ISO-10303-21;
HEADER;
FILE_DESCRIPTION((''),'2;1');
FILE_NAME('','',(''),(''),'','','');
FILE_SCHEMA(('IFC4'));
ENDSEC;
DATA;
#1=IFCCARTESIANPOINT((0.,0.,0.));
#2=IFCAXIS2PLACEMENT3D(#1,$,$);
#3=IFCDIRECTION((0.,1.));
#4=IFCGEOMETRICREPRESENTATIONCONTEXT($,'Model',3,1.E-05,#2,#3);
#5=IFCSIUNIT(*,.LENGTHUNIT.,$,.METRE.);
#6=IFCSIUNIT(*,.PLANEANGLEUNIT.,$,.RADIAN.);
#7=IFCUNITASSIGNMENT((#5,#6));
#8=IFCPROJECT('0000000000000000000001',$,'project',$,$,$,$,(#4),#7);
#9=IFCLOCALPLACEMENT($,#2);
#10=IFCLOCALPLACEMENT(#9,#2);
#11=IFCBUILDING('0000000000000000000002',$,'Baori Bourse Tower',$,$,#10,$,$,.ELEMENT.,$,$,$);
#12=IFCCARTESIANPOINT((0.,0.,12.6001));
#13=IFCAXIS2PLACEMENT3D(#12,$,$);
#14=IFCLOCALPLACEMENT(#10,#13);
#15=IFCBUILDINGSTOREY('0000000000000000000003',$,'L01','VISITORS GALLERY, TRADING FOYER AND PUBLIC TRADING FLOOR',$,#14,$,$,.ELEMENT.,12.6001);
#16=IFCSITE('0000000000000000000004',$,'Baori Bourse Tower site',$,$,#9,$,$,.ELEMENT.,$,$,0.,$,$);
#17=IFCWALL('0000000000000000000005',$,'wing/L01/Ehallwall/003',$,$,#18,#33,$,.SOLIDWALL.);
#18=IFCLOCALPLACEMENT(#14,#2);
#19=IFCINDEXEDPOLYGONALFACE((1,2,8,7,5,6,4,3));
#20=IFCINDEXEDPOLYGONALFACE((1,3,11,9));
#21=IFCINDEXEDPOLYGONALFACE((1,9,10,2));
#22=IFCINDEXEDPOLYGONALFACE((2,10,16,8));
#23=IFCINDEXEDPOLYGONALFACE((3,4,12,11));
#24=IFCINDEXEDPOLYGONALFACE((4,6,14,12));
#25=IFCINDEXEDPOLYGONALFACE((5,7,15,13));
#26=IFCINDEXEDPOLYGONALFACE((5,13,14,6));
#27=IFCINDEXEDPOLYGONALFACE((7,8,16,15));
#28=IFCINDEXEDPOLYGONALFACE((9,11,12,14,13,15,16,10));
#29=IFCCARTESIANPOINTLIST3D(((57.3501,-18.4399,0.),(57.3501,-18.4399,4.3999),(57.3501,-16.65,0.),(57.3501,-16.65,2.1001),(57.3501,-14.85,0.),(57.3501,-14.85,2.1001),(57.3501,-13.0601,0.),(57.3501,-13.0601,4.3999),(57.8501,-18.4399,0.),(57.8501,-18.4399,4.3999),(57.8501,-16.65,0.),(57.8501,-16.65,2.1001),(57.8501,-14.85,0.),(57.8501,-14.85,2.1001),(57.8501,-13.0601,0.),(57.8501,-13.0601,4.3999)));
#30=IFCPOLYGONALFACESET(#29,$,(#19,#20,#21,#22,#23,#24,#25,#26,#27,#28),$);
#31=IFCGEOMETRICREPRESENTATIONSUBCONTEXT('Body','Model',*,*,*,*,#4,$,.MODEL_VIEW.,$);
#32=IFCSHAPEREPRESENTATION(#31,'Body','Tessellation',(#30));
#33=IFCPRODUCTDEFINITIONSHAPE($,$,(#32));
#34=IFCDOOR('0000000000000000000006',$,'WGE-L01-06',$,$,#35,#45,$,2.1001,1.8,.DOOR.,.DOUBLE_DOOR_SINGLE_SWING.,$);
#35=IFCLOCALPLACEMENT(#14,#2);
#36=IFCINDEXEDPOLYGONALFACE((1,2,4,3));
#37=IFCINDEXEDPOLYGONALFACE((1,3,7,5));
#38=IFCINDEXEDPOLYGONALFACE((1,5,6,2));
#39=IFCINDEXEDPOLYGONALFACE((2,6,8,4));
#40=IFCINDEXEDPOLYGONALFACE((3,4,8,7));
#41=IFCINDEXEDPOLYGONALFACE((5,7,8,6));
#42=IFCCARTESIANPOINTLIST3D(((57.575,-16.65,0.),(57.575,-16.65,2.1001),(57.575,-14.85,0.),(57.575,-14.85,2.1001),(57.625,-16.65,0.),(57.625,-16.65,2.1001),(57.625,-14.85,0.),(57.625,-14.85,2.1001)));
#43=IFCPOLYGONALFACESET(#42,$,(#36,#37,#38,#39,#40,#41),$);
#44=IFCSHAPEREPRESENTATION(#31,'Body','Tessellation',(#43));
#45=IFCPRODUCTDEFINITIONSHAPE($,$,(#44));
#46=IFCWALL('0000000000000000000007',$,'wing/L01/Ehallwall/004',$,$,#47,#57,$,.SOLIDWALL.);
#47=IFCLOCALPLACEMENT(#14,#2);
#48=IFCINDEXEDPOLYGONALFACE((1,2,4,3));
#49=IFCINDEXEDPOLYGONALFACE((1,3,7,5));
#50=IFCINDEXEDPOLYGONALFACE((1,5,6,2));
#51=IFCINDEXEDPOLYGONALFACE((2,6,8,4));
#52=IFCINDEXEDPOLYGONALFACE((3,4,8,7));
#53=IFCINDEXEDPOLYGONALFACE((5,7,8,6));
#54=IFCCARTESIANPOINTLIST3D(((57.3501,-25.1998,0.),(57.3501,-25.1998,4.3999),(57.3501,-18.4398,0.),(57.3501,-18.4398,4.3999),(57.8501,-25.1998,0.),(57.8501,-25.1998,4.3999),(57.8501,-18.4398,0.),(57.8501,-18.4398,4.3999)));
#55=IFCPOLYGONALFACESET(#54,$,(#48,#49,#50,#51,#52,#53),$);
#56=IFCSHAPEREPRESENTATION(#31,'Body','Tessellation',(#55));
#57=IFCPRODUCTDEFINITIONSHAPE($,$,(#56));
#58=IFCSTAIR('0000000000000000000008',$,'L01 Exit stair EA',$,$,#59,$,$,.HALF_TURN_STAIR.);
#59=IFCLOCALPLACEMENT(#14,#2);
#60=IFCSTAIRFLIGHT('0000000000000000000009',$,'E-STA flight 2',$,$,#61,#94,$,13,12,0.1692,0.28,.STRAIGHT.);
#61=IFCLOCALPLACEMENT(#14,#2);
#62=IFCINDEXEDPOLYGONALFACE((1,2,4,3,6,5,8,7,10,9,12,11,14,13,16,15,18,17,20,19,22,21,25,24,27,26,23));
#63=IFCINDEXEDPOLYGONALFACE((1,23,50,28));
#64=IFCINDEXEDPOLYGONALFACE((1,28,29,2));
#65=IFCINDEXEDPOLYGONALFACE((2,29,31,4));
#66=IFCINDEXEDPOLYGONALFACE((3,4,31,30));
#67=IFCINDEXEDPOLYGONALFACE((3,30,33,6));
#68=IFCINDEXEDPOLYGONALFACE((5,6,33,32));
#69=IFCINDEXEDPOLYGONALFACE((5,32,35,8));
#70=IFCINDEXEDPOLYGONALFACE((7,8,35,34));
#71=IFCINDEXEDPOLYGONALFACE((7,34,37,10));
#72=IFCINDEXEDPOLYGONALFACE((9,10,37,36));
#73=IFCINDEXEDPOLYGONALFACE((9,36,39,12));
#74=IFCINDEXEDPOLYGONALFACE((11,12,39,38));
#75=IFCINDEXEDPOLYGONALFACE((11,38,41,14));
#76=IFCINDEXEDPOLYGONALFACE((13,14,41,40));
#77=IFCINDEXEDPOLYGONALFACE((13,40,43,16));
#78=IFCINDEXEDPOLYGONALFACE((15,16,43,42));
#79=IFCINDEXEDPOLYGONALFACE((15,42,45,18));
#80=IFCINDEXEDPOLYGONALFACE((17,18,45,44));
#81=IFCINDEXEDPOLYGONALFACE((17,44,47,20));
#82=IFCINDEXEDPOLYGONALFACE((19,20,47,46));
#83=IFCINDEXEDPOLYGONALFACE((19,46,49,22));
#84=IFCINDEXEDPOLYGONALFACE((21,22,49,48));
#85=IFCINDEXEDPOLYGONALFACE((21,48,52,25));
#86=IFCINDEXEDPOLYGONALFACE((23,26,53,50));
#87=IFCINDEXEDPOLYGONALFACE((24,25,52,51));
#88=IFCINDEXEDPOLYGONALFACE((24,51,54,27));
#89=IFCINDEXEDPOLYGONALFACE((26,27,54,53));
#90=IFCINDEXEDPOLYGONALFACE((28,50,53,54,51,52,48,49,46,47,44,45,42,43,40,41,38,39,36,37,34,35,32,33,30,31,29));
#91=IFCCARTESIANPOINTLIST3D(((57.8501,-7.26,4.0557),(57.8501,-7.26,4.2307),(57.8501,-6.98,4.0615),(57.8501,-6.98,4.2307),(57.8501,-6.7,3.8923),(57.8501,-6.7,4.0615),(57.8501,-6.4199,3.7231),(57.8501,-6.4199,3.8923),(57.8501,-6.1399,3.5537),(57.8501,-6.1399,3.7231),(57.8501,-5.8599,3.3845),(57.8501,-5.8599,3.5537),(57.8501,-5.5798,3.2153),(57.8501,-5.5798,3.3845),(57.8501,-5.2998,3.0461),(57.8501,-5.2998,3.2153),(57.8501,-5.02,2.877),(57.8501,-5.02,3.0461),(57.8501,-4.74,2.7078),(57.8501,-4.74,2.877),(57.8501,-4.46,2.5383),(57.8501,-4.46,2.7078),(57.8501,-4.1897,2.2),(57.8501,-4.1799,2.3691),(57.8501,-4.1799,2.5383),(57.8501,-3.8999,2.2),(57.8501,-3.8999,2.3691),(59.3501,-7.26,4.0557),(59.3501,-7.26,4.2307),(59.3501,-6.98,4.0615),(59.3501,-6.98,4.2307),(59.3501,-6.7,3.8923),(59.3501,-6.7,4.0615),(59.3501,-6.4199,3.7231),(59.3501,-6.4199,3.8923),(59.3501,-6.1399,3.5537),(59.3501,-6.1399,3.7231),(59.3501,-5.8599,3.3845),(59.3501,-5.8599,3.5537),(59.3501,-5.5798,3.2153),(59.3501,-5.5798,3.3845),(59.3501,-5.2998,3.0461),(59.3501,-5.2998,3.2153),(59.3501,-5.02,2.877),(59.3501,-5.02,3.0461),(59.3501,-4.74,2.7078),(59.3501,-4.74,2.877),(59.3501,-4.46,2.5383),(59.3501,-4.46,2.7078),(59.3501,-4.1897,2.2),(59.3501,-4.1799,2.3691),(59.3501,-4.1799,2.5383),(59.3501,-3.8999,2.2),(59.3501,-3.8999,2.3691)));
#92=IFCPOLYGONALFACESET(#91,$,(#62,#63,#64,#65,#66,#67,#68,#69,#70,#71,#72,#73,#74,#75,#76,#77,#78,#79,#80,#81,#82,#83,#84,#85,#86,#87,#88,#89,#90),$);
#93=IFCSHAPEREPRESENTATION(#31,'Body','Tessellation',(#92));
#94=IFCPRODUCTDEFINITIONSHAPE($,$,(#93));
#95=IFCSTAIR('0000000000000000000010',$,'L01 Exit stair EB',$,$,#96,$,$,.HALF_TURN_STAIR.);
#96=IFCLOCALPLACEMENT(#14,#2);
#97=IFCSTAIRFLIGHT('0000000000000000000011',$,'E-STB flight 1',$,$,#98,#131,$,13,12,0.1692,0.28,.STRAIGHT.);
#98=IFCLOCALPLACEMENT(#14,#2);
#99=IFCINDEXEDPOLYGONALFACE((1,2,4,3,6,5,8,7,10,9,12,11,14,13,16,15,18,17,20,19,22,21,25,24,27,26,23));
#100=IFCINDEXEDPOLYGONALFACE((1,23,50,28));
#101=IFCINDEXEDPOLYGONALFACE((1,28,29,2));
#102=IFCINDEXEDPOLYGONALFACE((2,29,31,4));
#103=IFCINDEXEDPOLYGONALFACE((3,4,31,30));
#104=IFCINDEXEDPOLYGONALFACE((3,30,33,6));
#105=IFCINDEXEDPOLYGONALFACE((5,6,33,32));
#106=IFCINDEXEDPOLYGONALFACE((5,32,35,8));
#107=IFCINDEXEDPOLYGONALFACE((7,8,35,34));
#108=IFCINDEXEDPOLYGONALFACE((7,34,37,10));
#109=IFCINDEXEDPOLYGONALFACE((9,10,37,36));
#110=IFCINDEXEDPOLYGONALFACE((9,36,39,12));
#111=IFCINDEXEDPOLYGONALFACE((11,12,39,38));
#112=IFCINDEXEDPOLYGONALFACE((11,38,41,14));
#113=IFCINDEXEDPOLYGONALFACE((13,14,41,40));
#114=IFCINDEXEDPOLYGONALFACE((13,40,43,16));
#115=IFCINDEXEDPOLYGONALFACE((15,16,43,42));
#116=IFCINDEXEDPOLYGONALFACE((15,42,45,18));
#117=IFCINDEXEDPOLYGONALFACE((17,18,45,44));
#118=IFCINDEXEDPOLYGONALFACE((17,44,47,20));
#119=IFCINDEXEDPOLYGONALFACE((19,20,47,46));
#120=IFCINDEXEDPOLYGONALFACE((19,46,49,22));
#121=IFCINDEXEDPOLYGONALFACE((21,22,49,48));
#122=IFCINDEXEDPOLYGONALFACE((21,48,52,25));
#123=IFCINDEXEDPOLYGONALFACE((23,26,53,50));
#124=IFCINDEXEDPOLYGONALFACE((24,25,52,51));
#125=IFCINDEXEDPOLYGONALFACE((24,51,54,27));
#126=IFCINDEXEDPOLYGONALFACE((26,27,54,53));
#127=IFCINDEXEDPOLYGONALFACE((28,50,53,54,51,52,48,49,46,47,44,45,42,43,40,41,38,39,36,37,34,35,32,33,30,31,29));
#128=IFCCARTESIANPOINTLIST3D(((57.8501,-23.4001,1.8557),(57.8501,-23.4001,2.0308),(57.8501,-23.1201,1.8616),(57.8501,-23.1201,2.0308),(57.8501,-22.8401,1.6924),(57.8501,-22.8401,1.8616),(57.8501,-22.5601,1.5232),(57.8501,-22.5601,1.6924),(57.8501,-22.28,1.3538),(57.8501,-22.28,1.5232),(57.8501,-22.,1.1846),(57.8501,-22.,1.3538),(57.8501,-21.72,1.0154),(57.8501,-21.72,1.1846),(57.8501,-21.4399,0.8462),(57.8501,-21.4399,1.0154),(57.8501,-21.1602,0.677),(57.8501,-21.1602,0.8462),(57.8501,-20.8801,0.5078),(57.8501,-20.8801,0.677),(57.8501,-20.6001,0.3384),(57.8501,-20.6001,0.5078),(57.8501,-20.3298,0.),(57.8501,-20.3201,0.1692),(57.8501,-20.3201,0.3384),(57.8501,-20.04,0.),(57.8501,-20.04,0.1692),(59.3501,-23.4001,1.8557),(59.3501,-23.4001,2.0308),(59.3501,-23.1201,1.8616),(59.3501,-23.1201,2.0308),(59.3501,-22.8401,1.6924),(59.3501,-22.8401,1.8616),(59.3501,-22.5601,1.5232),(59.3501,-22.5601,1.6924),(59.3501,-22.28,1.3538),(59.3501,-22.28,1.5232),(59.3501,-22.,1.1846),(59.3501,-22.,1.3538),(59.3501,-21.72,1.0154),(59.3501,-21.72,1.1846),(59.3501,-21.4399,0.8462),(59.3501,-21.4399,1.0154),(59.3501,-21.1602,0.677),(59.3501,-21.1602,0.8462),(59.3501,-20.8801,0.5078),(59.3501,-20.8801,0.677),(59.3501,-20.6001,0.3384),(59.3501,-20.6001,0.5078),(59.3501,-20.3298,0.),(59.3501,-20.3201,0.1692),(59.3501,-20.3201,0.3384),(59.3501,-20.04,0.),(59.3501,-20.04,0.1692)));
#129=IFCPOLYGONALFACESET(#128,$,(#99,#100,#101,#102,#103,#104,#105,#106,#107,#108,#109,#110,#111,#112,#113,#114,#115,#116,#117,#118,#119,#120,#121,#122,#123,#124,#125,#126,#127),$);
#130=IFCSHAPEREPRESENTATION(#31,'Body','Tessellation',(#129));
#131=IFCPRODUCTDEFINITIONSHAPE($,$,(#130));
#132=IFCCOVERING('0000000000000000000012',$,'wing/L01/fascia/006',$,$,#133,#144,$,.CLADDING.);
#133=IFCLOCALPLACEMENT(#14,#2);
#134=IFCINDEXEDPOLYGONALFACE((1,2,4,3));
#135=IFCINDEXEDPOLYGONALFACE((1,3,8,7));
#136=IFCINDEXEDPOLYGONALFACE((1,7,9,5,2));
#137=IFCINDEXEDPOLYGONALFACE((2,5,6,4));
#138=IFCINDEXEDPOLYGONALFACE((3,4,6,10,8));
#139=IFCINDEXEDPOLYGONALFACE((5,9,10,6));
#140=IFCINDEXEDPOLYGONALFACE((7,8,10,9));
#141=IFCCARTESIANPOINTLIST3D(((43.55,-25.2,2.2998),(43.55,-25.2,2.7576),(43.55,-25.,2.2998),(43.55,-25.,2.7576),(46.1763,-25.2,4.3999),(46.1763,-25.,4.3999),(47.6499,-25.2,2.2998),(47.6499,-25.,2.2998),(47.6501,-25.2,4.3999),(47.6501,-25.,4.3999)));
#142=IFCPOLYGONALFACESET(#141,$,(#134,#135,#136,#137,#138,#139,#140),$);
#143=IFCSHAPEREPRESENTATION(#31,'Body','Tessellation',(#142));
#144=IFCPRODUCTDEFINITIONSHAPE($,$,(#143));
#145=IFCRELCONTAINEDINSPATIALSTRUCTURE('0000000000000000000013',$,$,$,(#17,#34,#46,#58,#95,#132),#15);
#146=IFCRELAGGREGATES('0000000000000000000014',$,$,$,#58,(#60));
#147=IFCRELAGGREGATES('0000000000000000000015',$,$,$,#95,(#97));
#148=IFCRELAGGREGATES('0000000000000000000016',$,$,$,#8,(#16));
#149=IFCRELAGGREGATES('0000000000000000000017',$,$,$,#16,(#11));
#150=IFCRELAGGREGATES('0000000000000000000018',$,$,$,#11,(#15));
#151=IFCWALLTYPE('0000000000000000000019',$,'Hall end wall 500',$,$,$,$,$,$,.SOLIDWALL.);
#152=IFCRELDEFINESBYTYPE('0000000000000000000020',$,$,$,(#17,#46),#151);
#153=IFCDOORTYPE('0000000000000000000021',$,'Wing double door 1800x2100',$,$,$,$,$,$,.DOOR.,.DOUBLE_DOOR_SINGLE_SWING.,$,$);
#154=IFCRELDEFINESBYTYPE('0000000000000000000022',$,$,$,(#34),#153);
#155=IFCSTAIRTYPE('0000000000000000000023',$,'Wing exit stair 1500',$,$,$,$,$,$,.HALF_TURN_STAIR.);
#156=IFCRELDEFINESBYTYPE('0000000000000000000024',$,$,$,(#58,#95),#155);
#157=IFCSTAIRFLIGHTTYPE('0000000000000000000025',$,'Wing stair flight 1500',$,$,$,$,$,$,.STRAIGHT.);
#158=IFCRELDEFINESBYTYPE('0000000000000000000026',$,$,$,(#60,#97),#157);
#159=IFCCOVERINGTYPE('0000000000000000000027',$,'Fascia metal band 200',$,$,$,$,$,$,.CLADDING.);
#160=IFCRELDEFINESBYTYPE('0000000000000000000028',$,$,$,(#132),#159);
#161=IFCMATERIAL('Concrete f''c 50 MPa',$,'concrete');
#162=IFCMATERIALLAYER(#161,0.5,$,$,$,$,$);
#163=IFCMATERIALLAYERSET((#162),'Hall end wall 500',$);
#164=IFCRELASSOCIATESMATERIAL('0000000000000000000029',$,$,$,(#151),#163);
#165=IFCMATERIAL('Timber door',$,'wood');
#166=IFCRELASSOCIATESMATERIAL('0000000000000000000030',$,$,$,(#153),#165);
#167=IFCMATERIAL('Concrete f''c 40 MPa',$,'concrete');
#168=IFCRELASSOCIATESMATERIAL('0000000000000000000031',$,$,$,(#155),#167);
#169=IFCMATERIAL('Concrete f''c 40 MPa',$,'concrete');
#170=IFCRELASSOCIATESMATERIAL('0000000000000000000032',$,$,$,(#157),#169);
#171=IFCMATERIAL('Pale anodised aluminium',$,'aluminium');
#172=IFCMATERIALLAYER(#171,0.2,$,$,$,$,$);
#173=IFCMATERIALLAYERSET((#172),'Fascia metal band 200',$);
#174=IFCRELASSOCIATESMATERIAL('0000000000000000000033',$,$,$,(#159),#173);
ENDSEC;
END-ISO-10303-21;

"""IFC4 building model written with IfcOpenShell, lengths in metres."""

from ifc_helpers import new_model, si_unit, direction, frame, frame_2d, origin, place, context, subcontext, project, spatial, polyline, rectangle, outline, extrude, material, layer, layer_set, type_object, element, fill, aggregate, save


model = new_model("IFC4")

# Units and contexts
model_context = context("Model", 3, precision=1e-05, world=origin(), true_north=direction((0.0, 1.0)))
body_context = subcontext(model_context, "Body", "Model", "MODEL_VIEW")
ifc_project = project(units=[si_unit("LENGTHUNIT", "METRE"), si_unit("PLANEANGLEUNIT", "RADIAN")], contexts=[model_context])

# Site, building, storey
site_placement = place(None, origin())
site = spatial("IfcSite", under=ifc_project, at=site_placement, Name="Baori Bourse Tower site", CompositionType="ELEMENT", RefElevation=0.0)
building_placement = place(site_placement, origin())
building = spatial("IfcBuilding", under=site, at=building_placement, Name="Baori Bourse Tower", CompositionType="ELEMENT")
storey_placement = place(building_placement, frame((0.0, 0.0, 12.6001)))
storey = spatial("IfcBuildingStorey", under=building, at=storey_placement, Name="L01", Description="VISITORS GALLERY, TRADING FOYER AND PUBLIC TRADING FLOOR", CompositionType="ELEMENT", Elevation=12.6001)

# Shared definitions
ifc_material_1 = material(Name="Concrete f'c 50 MPa", Category="concrete")
ifc_layer_1 = layer(ifc_material_1, 0.5)
ifc_layer_set_1 = layer_set([ifc_layer_1], Name="Hall end wall 500")
wall_type_1 = type_object("IfcWallType", Name="Hall end wall 500", PredefinedType="SOLIDWALL", material=ifc_layer_set_1)

# Wall, opening, door
wall_1_placement = place(storey_placement, frame((57.6001, -13.0601, 0.0), z_axis=(0.0, 0.0, 1.0), x_axis=(0.0, -1.0, 0.0)))
wall_1 = element("IfcWall", 1, at=wall_1_placement, inside=storey, type_object=wall_type_1, Name="wing/L01/Ehallwall/003", PredefinedType="SOLIDWALL", context=body_context, shape_type="SweptSolid", body=[
    extrude(rectangle(XDim=5.3799, YDim=0.5, at=frame_2d((2.6899, 0.0))), origin(), (0.0, 0.0, 1.0), 4.3999),
])
opening_placement = place(wall_1_placement, frame((1.79, 0.0, 0.0)))
opening = element("IfcOpeningElement", 2, at=opening_placement, cuts=wall_1, PredefinedType="OPENING", context=body_context, shape_type="SweptSolid", body=[
    extrude(rectangle(XDim=1.8, YDim=2.1001, at=frame_2d((0.8999, 1.05))), frame((0.0, 0.26, 0.0), z_axis=(0.0, -1.0, 0.0), x_axis=(1.0, 0.0, 0.0)), (0.0, 0.0, 1.0), 0.52),
])
ifc_material_2 = material(Name="Timber door", Category="wood")
door_type = type_object("IfcDoorType", Name="Wing double door 1800x2100", OperationType="DOUBLE_DOOR_SINGLE_SWING", PredefinedType="DOOR", material=ifc_material_2)
door_placement = place(opening_placement, origin())
door = element("IfcDoor", 3, at=door_placement, inside=storey, type_object=door_type, Name="WGE-L01-06", OperationType="DOUBLE_DOOR_SINGLE_SWING", OverallHeight=2.1001, OverallWidth=1.8, PredefinedType="DOOR", context=body_context, shape_type="SweptSolid", body=[
    extrude(rectangle(XDim=1.8, YDim=2.1001, at=frame_2d((0.8999, 1.05))), frame((0.0, 0.0249, 0.0), z_axis=(0.0, -1.0, 0.0), x_axis=(1.0, 0.0, 0.0)), (0.0, 0.0, 1.0), 0.05),
])
fill(opening, door)

# Wall
wall_2_placement = place(storey_placement, frame((57.6001, -18.4399, 0.0), z_axis=(0.0, 0.0, 1.0), x_axis=(0.0, -1.0, 0.0)))
element("IfcWall", 4, at=wall_2_placement, inside=storey, type_object=wall_type_1, Name="wing/L01/Ehallwall/004", PredefinedType="SOLIDWALL", context=body_context, shape_type="SweptSolid", body=[
    extrude(rectangle(XDim=6.76, YDim=0.5, at=frame_2d((3.3799, 0.0))), origin(), (0.0, 0.0, 1.0), 4.3999),
])

# Stairs, stair flights
ifc_material_3 = material(Name="Concrete f'c 40 MPa", Category="concrete")
stair_type = type_object("IfcStairType", Name="Wing exit stair 1500", PredefinedType="HALF_TURN_STAIR", material=ifc_material_3)
stair_1_placement = place(storey_placement, origin())
stair_1 = element("IfcStair", 5, at=stair_1_placement, inside=storey, type_object=stair_type, Name="L01 Exit stair EA", PredefinedType="HALF_TURN_STAIR")
ifc_material_4 = material(Name="Concrete f'c 40 MPa", Category="concrete")
stair_flight_type = type_object("IfcStairFlightType", Name="Wing stair flight 1500", PredefinedType="STRAIGHT", material=ifc_material_4)
stair_flight_1_placement = place(storey_placement, frame((58.6001, -3.8999, 2.2), z_axis=(0.0, 0.0, 1.0), x_axis=(0.0, -1.0, 0.0)))
stair_flight_1 = element("IfcStairFlight", 6, at=stair_flight_1_placement, type_object=stair_flight_type, Name="E-STA flight 2", NumberOfRisers=13, NumberOfTreads=12, PredefinedType="STRAIGHT", RiserHeight=0.1692, TreadLength=0.28, context=body_context, shape_type="SweptSolid", body=[
    extrude(outline(polyline([(0.0, 0.0), (0.0, 0.1692), (0.28, 0.1692), (0.28, 0.3384), (0.5601, 0.3384), (0.5601, 0.5078), (0.8401, 0.5078), (0.8401, 0.677), (1.1201, 0.677), (1.1201, 0.8462), (1.3999, 0.8462), (1.3999, 1.0154), (1.6799, 1.0154), (1.6799, 1.1846), (1.96, 1.1846), (1.96, 1.3538), (2.24, 1.3538), (2.24, 1.5232), (2.52, 1.5232), (2.52, 1.6924), (2.8, 1.6924), (2.8, 1.8616), (3.0801, 1.8616), (3.0801, 2.0308), (3.3601, 2.0308), (3.3601, 2.2), (3.3601, 1.8557), (0.2898, 0.0), (0.0, 0.0)])), frame((0.0, 0.75, 0.0), z_axis=(0.0, -1.0, 0.0), x_axis=(1.0, 0.0, 0.0)), (0.0, 0.0, 1.0), 1.5),
])
aggregate(stair_1, [stair_flight_1])
stair_2_placement = place(storey_placement, origin())
stair_2 = element("IfcStair", 7, at=stair_2_placement, inside=storey, type_object=stair_type, Name="L01 Exit stair EB", PredefinedType="HALF_TURN_STAIR")
stair_flight_2_placement = place(storey_placement, frame((58.6001, -20.04, 0.0), z_axis=(0.0, 0.0, 1.0), x_axis=(0.0, -1.0, 0.0)))
stair_flight_2 = element("IfcStairFlight", 8, at=stair_flight_2_placement, type_object=stair_flight_type, Name="E-STB flight 1", NumberOfRisers=13, NumberOfTreads=12, PredefinedType="STRAIGHT", RiserHeight=0.1692, TreadLength=0.28, context=body_context, shape_type="SweptSolid", body=[
    extrude(outline(polyline([(0.0, 0.0), (0.0, 0.1692), (0.28, 0.1692), (0.28, 0.3384), (0.5601, 0.3384), (0.5601, 0.5078), (0.8401, 0.5078), (0.8401, 0.677), (1.1201, 0.677), (1.1201, 0.8462), (1.3999, 0.8462), (1.3999, 1.0154), (1.6799, 1.0154), (1.6799, 1.1846), (1.96, 1.1846), (1.96, 1.3538), (2.24, 1.3538), (2.24, 1.5232), (2.52, 1.5232), (2.52, 1.6924), (2.8, 1.6924), (2.8, 1.8616), (3.0801, 1.8616), (3.0801, 2.0308), (3.3601, 2.0308), (3.3601, 2.2), (3.3601, 1.8557), (0.2898, 0.0), (0.0, 0.0)])), frame((0.0, 0.75, 0.0), z_axis=(0.0, -1.0, 0.0), x_axis=(1.0, 0.0, 0.0)), (0.0, 0.0, 1.0), 1.5),
])
aggregate(stair_2, [stair_flight_2])

# Covering
ifc_material_5 = material(Name="Pale anodised aluminium", Category="aluminium")
ifc_layer_2 = layer(ifc_material_5, 0.2)
ifc_layer_set_2 = layer_set([ifc_layer_2], Name="Fascia metal band 200")
covering_type = type_object("IfcCoveringType", Name="Fascia metal band 200", PredefinedType="CLADDING", material=ifc_layer_set_2)
covering_placement = place(storey_placement, frame((43.55, -25.1001, 2.2998), z_axis=(0.0, 0.0, 1.0), x_axis=(1.0, 0.0, 0.0)))
element("IfcCovering", 9, at=covering_placement, inside=storey, type_object=covering_type, Name="wing/L01/fascia/006", PredefinedType="CLADDING", context=body_context, shape_type="SweptSolid", body=[
    extrude(outline(polyline([(0.0, 0.0), (4.0999, 0.0), (4.1001, 2.1001), (2.6262, 2.1001), (0.0, 0.4578), (0.0, 0.0)])), frame((0.0, 0.1001, 0.0), z_axis=(0.0, -1.0, 0.0), x_axis=(1.0, 0.0, 0.0)), (0.0, 0.0, 1.0), 0.2),
])

save(model, "model.ifc")
